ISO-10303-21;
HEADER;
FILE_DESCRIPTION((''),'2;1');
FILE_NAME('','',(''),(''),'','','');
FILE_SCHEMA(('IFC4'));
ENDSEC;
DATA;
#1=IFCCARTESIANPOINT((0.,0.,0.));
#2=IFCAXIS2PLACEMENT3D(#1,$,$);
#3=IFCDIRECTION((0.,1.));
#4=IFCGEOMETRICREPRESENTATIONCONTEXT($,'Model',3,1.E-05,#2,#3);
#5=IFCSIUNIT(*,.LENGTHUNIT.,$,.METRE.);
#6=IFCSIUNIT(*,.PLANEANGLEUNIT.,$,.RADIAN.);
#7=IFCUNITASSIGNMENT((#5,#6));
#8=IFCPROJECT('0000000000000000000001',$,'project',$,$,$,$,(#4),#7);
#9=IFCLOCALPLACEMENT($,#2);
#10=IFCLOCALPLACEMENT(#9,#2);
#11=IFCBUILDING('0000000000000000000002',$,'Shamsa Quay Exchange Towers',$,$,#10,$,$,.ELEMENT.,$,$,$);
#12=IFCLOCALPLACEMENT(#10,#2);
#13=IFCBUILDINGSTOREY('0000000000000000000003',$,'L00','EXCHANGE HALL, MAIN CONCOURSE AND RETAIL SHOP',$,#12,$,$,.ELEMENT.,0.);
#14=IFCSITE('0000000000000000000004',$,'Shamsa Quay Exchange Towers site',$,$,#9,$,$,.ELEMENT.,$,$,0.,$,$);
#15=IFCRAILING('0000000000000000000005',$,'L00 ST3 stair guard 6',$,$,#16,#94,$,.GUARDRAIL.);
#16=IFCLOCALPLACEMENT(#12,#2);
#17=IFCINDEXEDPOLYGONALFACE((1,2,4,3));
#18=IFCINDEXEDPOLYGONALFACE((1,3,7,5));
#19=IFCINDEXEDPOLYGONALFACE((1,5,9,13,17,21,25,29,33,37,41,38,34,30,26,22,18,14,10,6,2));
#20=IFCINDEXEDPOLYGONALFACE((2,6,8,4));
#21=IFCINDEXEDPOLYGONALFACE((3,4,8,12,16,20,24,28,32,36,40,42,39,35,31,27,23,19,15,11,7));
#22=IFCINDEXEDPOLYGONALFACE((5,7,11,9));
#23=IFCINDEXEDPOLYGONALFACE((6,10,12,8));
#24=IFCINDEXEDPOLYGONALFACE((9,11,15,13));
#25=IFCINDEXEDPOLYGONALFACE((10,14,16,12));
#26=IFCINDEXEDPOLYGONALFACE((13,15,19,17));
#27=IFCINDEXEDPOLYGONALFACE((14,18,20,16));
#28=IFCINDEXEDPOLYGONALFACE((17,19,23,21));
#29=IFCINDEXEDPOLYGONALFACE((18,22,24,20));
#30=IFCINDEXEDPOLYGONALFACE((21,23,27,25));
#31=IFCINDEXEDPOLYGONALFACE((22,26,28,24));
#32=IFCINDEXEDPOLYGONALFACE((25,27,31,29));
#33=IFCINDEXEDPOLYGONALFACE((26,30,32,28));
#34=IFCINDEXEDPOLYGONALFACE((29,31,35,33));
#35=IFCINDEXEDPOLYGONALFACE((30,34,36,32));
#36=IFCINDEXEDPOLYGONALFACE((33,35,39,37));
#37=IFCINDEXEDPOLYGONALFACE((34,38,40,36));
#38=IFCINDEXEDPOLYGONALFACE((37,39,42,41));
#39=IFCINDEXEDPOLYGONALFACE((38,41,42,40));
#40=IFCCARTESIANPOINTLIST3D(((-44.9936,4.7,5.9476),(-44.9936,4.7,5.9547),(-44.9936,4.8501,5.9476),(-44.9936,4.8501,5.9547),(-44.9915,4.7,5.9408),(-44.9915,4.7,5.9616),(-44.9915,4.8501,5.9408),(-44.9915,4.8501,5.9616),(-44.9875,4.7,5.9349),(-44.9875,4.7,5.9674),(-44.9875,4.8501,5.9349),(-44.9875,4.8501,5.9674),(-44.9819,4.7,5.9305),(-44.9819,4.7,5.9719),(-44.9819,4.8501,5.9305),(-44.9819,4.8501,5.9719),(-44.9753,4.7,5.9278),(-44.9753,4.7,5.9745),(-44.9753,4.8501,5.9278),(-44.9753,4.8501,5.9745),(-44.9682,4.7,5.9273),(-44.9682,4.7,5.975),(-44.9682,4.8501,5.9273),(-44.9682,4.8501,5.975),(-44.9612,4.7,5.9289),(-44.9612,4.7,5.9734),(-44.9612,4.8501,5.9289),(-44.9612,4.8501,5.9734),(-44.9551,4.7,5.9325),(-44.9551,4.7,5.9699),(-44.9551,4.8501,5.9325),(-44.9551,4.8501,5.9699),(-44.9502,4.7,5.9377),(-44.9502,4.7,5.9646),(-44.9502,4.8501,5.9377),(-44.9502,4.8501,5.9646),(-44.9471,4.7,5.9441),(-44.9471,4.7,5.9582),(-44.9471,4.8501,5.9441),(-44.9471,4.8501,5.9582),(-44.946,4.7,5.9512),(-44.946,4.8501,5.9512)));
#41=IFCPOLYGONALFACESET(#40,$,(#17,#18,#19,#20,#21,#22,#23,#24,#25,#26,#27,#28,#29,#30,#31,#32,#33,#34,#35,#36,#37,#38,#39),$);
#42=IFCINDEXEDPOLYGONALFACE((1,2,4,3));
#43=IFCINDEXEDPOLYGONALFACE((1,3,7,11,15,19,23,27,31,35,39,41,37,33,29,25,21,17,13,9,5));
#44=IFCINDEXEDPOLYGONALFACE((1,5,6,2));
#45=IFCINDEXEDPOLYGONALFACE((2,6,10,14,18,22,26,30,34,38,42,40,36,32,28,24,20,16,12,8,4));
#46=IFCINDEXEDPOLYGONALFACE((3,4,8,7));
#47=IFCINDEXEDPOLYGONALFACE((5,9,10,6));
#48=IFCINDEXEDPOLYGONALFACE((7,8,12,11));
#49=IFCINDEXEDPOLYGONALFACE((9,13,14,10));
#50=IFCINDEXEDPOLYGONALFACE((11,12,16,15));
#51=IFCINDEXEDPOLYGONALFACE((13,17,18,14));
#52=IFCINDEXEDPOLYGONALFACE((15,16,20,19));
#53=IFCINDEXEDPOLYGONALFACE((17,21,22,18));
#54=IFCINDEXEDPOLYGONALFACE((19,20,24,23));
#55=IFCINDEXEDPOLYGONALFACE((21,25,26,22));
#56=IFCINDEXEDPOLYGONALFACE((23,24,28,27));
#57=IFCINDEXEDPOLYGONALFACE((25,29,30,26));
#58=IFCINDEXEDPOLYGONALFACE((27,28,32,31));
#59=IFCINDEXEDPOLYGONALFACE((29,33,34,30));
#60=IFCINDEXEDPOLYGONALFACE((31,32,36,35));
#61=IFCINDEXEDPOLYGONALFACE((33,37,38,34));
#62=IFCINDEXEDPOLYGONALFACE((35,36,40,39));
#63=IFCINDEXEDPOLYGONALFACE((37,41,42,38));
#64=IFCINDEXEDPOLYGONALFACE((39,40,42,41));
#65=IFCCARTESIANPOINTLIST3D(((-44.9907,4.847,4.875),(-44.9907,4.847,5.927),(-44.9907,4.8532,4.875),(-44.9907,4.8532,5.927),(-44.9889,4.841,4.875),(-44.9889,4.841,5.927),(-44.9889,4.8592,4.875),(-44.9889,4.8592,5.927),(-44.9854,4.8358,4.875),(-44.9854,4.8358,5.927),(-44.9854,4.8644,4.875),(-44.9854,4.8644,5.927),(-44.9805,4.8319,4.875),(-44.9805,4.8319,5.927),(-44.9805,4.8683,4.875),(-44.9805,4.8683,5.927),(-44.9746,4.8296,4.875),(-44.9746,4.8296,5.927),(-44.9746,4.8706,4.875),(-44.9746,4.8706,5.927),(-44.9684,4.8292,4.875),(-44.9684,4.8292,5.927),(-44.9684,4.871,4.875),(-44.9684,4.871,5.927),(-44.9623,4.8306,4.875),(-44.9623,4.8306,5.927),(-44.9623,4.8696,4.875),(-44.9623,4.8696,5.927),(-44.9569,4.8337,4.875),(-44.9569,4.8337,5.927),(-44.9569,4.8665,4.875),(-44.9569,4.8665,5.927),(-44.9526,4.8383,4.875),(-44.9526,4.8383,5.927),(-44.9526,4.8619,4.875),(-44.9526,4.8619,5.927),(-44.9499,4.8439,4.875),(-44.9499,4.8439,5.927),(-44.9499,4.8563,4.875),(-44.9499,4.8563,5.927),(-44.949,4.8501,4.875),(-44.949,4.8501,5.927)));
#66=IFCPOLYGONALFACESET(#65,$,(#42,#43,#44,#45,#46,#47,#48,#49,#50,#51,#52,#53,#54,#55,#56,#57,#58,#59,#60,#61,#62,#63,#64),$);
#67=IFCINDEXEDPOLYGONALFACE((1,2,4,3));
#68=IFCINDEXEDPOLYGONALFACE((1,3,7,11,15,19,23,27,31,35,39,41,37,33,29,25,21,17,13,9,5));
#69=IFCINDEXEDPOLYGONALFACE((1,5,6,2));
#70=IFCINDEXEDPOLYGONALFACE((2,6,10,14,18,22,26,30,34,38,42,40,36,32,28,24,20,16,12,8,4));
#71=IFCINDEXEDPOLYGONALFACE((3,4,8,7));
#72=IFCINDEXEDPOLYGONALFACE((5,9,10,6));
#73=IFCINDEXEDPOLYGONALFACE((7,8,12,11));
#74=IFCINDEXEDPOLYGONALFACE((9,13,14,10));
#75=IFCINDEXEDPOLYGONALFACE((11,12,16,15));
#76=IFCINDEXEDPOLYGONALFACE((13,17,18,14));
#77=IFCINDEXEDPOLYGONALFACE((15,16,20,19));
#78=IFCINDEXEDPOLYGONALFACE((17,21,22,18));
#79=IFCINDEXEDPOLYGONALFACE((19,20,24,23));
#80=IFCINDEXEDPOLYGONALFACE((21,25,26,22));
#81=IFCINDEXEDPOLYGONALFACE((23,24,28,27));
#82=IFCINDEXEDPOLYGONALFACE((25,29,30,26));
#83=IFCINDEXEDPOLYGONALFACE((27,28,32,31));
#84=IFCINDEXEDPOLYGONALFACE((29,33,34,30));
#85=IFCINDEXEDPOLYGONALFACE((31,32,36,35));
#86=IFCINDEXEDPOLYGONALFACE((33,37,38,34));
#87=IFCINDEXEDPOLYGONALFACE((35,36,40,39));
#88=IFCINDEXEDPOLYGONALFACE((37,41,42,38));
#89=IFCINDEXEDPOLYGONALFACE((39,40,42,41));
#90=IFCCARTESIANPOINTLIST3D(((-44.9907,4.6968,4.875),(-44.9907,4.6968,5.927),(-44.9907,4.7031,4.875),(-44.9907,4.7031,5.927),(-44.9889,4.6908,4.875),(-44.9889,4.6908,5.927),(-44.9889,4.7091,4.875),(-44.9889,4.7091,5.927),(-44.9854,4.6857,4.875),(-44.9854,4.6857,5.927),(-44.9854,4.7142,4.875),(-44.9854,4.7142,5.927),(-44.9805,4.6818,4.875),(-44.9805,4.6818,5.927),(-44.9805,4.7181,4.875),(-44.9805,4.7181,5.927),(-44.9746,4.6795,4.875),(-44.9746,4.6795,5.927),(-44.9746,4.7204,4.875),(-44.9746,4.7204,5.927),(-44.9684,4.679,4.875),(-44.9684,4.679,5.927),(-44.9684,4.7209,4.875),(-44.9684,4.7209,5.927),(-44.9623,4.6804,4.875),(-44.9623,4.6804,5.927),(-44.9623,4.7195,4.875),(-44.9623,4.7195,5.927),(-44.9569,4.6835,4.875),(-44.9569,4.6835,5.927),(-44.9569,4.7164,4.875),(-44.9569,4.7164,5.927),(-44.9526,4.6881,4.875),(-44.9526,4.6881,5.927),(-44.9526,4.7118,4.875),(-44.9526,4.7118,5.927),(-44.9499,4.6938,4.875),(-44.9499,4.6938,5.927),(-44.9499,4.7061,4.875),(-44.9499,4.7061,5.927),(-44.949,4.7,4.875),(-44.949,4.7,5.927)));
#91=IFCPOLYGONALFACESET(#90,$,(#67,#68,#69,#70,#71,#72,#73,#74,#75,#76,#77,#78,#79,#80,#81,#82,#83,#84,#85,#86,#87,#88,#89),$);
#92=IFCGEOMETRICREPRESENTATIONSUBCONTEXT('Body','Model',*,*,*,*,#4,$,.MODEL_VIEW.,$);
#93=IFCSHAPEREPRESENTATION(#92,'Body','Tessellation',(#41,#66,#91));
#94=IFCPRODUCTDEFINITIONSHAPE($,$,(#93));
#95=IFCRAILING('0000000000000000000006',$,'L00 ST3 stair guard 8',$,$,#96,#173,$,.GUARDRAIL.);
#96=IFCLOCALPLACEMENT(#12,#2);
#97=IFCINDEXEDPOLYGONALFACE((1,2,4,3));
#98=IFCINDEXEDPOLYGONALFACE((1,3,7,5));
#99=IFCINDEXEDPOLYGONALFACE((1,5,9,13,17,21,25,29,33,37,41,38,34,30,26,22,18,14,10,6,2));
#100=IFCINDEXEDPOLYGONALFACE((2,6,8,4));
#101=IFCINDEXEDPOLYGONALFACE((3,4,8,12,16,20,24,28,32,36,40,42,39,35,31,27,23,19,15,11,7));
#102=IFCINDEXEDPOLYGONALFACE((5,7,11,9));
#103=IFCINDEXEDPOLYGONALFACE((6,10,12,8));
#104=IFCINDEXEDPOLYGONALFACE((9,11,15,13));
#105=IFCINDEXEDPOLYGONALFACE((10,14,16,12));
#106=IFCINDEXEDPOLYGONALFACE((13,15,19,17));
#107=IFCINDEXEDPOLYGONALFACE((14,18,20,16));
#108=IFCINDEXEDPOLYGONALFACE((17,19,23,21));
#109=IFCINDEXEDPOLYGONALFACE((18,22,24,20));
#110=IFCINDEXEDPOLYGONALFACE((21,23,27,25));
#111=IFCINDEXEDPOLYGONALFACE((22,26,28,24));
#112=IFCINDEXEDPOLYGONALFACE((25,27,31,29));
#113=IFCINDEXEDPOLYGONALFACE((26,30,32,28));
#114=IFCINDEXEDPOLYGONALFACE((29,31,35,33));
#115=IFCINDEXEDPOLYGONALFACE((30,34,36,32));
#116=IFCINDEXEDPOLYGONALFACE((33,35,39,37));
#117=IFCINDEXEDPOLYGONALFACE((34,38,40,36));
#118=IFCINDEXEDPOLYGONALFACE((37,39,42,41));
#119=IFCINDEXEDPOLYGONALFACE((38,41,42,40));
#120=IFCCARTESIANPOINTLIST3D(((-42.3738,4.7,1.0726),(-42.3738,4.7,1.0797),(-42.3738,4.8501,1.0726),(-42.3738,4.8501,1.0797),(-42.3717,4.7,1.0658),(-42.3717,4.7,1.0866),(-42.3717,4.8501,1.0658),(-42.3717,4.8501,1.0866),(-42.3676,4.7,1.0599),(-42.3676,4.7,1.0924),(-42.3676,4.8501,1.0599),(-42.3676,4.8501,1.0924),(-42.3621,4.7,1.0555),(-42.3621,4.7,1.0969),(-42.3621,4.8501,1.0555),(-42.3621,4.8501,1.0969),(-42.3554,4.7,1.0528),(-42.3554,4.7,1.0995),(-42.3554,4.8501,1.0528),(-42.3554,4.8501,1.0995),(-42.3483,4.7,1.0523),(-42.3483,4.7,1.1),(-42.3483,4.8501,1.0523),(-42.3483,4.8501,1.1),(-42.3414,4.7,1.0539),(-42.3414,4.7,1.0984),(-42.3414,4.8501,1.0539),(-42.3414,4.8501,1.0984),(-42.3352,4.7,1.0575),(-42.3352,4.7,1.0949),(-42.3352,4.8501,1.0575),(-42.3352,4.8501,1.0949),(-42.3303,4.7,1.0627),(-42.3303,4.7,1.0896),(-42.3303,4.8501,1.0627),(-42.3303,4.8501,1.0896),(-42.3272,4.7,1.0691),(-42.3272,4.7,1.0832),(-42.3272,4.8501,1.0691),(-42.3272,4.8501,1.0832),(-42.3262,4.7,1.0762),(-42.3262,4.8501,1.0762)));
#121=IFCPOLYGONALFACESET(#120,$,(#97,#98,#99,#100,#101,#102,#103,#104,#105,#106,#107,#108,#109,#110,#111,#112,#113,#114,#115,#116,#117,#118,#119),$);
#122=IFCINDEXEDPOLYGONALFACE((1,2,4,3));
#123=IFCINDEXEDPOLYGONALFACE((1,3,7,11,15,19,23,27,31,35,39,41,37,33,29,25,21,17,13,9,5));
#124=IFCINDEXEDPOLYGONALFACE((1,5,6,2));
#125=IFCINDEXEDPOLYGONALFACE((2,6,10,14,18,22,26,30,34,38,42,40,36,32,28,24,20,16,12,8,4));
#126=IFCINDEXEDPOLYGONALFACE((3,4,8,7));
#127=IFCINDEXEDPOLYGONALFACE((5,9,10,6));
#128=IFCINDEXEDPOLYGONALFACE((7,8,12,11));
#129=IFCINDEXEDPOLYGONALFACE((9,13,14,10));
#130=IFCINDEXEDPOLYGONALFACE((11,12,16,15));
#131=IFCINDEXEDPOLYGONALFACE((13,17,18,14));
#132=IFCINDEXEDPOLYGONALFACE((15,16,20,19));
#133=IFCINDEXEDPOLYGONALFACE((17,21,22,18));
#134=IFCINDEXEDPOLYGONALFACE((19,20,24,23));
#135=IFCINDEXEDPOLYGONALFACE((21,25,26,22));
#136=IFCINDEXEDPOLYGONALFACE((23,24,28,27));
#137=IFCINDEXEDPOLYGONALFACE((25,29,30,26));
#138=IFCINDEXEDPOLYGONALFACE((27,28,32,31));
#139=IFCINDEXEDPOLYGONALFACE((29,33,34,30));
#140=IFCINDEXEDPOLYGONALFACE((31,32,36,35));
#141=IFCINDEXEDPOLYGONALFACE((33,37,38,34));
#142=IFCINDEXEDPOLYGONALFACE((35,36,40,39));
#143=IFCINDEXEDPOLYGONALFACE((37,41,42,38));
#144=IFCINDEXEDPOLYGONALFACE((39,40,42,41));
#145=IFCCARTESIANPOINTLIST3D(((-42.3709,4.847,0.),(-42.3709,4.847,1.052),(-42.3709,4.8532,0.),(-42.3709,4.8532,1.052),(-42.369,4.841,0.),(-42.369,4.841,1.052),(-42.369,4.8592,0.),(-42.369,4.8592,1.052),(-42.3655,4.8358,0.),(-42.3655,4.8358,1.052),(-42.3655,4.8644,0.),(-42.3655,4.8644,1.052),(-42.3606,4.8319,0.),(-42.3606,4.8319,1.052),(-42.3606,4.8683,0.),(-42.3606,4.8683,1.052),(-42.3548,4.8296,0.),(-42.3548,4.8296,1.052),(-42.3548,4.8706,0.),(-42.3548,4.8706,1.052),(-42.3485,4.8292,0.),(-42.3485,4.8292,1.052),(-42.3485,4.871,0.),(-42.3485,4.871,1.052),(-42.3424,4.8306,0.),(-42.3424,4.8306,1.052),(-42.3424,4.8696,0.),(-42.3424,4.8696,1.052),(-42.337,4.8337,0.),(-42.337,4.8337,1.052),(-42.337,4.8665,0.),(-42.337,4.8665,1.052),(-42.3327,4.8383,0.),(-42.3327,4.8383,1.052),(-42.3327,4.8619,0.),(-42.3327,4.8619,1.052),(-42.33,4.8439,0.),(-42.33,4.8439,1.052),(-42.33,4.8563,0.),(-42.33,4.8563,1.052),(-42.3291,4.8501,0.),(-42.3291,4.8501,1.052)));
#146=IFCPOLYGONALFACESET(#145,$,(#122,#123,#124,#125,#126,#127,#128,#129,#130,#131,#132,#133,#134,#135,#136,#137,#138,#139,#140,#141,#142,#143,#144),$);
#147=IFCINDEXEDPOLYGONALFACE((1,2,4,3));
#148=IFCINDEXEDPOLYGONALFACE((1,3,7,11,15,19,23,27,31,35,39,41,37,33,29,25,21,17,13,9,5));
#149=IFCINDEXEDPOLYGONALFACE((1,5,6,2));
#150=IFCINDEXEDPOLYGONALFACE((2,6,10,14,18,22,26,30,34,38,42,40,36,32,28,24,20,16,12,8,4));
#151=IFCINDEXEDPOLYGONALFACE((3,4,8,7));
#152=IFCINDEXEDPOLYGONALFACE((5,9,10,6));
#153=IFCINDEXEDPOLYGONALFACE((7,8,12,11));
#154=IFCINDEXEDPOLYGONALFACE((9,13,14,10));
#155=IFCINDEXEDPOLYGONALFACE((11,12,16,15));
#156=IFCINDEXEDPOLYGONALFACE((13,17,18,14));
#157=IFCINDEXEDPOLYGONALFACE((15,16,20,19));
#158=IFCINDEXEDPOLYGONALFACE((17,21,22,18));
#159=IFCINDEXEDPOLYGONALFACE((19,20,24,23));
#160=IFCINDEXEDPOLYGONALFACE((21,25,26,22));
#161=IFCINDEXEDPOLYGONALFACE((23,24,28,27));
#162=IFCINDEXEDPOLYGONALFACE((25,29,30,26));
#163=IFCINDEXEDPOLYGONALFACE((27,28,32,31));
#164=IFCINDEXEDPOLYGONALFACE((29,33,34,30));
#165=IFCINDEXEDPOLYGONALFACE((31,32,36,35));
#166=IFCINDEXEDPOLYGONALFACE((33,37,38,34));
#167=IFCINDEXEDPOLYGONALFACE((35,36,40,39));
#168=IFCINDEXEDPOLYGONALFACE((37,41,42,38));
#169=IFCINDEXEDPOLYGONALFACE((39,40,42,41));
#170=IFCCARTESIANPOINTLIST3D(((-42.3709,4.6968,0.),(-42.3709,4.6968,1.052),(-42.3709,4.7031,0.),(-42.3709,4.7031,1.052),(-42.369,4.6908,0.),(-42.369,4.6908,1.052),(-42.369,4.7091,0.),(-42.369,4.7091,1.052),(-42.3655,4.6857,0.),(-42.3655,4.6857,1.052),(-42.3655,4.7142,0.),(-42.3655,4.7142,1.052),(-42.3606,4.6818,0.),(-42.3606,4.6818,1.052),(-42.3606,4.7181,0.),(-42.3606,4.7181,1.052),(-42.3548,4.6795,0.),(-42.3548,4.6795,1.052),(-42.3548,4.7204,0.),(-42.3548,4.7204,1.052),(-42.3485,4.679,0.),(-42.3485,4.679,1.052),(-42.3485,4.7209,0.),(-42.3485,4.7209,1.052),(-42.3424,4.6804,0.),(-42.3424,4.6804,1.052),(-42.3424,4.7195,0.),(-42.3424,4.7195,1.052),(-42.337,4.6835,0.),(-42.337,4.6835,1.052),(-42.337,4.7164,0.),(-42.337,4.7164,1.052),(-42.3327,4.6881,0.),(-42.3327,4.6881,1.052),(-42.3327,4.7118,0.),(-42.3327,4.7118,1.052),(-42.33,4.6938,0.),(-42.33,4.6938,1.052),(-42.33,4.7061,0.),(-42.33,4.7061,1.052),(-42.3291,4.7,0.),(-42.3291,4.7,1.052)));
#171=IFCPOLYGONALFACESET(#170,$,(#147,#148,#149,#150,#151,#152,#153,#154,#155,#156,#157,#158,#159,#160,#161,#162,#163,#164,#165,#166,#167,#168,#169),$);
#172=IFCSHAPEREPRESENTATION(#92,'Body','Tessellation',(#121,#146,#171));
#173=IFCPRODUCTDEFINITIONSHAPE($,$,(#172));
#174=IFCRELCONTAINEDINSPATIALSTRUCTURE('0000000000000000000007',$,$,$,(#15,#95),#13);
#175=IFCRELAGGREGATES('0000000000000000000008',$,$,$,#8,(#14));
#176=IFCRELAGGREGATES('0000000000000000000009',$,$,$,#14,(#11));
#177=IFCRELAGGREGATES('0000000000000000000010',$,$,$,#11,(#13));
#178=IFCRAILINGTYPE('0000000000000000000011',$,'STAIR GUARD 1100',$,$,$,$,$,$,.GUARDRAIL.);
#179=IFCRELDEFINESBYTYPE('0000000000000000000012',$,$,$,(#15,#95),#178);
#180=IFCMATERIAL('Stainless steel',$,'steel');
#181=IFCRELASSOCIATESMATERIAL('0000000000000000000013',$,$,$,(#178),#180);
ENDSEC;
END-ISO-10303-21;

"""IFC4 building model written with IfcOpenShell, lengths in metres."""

from ifc_helpers import new_model, si_unit, direction, frame, origin, origin_2d, place, context, subcontext, project, spatial, circle, extrude, material, type_object, element, save


model = new_model("IFC4")

# Units and contexts
model_context = context("Model", 3, precision=1e-05, world=origin(), true_north=direction((0.0, 1.0)))
body_context = subcontext(model_context, "Body", "Model", "MODEL_VIEW")
ifc_project = project(units=[si_unit("LENGTHUNIT", "METRE"), si_unit("PLANEANGLEUNIT", "RADIAN")], contexts=[model_context])

# Site, building, storey
site_placement = place(None, origin())
site = spatial("IfcSite", under=ifc_project, at=site_placement, Name="Shamsa Quay Exchange Towers site", CompositionType="ELEMENT", RefElevation=0.0)
building_placement = place(site_placement, origin())
building = spatial("IfcBuilding", under=site, at=building_placement, Name="Shamsa Quay Exchange Towers", CompositionType="ELEMENT")
storey_placement = place(building_placement, origin())
storey = spatial("IfcBuildingStorey", under=building, at=storey_placement, Name="L00", Description="EXCHANGE HALL, MAIN CONCOURSE AND RETAIL SHOP", CompositionType="ELEMENT", Elevation=0.0)

# Railings
ifc_material_1 = material(Name="Stainless steel", Category="steel")
railing_type_1 = type_object("IfcRailingType", Name="STAIR GUARD 1100", PredefinedType="GUARDRAIL", material=ifc_material_1)
for number, where, name in (
    (1, (-44.97, 4.8501, 4.875), "L00 ST3 stair guard 6"),
    (2, (-42.3501, 4.8501, 0.0), "L00 ST3 stair guard 8"),
):
    element("IfcRailing", number, at=place(storey_placement, frame(where)), inside=storey, type_object=railing_type_1, Name=name, PredefinedType="GUARDRAIL", context=body_context, shape_type="SweptSolid", body=[
        extrude(circle(Radius=0.0239, at=origin_2d()), frame((0.0, 0.0, 1.0762), z_axis=(0.0, -1.0, 0.0), x_axis=(1.0, 0.0, 0.0)), (0.0, 0.0, 1.0), 0.1501),
        extrude(circle(Radius=0.021, at=origin_2d()), origin(), (0.0, 0.0, 1.0), 1.052),
        extrude(circle(Radius=0.021, at=origin_2d()), frame((0.0, -0.1501, 0.0)), (0.0, 0.0, 1.0), 1.052),
    ])

save(model, "model.ifc")
